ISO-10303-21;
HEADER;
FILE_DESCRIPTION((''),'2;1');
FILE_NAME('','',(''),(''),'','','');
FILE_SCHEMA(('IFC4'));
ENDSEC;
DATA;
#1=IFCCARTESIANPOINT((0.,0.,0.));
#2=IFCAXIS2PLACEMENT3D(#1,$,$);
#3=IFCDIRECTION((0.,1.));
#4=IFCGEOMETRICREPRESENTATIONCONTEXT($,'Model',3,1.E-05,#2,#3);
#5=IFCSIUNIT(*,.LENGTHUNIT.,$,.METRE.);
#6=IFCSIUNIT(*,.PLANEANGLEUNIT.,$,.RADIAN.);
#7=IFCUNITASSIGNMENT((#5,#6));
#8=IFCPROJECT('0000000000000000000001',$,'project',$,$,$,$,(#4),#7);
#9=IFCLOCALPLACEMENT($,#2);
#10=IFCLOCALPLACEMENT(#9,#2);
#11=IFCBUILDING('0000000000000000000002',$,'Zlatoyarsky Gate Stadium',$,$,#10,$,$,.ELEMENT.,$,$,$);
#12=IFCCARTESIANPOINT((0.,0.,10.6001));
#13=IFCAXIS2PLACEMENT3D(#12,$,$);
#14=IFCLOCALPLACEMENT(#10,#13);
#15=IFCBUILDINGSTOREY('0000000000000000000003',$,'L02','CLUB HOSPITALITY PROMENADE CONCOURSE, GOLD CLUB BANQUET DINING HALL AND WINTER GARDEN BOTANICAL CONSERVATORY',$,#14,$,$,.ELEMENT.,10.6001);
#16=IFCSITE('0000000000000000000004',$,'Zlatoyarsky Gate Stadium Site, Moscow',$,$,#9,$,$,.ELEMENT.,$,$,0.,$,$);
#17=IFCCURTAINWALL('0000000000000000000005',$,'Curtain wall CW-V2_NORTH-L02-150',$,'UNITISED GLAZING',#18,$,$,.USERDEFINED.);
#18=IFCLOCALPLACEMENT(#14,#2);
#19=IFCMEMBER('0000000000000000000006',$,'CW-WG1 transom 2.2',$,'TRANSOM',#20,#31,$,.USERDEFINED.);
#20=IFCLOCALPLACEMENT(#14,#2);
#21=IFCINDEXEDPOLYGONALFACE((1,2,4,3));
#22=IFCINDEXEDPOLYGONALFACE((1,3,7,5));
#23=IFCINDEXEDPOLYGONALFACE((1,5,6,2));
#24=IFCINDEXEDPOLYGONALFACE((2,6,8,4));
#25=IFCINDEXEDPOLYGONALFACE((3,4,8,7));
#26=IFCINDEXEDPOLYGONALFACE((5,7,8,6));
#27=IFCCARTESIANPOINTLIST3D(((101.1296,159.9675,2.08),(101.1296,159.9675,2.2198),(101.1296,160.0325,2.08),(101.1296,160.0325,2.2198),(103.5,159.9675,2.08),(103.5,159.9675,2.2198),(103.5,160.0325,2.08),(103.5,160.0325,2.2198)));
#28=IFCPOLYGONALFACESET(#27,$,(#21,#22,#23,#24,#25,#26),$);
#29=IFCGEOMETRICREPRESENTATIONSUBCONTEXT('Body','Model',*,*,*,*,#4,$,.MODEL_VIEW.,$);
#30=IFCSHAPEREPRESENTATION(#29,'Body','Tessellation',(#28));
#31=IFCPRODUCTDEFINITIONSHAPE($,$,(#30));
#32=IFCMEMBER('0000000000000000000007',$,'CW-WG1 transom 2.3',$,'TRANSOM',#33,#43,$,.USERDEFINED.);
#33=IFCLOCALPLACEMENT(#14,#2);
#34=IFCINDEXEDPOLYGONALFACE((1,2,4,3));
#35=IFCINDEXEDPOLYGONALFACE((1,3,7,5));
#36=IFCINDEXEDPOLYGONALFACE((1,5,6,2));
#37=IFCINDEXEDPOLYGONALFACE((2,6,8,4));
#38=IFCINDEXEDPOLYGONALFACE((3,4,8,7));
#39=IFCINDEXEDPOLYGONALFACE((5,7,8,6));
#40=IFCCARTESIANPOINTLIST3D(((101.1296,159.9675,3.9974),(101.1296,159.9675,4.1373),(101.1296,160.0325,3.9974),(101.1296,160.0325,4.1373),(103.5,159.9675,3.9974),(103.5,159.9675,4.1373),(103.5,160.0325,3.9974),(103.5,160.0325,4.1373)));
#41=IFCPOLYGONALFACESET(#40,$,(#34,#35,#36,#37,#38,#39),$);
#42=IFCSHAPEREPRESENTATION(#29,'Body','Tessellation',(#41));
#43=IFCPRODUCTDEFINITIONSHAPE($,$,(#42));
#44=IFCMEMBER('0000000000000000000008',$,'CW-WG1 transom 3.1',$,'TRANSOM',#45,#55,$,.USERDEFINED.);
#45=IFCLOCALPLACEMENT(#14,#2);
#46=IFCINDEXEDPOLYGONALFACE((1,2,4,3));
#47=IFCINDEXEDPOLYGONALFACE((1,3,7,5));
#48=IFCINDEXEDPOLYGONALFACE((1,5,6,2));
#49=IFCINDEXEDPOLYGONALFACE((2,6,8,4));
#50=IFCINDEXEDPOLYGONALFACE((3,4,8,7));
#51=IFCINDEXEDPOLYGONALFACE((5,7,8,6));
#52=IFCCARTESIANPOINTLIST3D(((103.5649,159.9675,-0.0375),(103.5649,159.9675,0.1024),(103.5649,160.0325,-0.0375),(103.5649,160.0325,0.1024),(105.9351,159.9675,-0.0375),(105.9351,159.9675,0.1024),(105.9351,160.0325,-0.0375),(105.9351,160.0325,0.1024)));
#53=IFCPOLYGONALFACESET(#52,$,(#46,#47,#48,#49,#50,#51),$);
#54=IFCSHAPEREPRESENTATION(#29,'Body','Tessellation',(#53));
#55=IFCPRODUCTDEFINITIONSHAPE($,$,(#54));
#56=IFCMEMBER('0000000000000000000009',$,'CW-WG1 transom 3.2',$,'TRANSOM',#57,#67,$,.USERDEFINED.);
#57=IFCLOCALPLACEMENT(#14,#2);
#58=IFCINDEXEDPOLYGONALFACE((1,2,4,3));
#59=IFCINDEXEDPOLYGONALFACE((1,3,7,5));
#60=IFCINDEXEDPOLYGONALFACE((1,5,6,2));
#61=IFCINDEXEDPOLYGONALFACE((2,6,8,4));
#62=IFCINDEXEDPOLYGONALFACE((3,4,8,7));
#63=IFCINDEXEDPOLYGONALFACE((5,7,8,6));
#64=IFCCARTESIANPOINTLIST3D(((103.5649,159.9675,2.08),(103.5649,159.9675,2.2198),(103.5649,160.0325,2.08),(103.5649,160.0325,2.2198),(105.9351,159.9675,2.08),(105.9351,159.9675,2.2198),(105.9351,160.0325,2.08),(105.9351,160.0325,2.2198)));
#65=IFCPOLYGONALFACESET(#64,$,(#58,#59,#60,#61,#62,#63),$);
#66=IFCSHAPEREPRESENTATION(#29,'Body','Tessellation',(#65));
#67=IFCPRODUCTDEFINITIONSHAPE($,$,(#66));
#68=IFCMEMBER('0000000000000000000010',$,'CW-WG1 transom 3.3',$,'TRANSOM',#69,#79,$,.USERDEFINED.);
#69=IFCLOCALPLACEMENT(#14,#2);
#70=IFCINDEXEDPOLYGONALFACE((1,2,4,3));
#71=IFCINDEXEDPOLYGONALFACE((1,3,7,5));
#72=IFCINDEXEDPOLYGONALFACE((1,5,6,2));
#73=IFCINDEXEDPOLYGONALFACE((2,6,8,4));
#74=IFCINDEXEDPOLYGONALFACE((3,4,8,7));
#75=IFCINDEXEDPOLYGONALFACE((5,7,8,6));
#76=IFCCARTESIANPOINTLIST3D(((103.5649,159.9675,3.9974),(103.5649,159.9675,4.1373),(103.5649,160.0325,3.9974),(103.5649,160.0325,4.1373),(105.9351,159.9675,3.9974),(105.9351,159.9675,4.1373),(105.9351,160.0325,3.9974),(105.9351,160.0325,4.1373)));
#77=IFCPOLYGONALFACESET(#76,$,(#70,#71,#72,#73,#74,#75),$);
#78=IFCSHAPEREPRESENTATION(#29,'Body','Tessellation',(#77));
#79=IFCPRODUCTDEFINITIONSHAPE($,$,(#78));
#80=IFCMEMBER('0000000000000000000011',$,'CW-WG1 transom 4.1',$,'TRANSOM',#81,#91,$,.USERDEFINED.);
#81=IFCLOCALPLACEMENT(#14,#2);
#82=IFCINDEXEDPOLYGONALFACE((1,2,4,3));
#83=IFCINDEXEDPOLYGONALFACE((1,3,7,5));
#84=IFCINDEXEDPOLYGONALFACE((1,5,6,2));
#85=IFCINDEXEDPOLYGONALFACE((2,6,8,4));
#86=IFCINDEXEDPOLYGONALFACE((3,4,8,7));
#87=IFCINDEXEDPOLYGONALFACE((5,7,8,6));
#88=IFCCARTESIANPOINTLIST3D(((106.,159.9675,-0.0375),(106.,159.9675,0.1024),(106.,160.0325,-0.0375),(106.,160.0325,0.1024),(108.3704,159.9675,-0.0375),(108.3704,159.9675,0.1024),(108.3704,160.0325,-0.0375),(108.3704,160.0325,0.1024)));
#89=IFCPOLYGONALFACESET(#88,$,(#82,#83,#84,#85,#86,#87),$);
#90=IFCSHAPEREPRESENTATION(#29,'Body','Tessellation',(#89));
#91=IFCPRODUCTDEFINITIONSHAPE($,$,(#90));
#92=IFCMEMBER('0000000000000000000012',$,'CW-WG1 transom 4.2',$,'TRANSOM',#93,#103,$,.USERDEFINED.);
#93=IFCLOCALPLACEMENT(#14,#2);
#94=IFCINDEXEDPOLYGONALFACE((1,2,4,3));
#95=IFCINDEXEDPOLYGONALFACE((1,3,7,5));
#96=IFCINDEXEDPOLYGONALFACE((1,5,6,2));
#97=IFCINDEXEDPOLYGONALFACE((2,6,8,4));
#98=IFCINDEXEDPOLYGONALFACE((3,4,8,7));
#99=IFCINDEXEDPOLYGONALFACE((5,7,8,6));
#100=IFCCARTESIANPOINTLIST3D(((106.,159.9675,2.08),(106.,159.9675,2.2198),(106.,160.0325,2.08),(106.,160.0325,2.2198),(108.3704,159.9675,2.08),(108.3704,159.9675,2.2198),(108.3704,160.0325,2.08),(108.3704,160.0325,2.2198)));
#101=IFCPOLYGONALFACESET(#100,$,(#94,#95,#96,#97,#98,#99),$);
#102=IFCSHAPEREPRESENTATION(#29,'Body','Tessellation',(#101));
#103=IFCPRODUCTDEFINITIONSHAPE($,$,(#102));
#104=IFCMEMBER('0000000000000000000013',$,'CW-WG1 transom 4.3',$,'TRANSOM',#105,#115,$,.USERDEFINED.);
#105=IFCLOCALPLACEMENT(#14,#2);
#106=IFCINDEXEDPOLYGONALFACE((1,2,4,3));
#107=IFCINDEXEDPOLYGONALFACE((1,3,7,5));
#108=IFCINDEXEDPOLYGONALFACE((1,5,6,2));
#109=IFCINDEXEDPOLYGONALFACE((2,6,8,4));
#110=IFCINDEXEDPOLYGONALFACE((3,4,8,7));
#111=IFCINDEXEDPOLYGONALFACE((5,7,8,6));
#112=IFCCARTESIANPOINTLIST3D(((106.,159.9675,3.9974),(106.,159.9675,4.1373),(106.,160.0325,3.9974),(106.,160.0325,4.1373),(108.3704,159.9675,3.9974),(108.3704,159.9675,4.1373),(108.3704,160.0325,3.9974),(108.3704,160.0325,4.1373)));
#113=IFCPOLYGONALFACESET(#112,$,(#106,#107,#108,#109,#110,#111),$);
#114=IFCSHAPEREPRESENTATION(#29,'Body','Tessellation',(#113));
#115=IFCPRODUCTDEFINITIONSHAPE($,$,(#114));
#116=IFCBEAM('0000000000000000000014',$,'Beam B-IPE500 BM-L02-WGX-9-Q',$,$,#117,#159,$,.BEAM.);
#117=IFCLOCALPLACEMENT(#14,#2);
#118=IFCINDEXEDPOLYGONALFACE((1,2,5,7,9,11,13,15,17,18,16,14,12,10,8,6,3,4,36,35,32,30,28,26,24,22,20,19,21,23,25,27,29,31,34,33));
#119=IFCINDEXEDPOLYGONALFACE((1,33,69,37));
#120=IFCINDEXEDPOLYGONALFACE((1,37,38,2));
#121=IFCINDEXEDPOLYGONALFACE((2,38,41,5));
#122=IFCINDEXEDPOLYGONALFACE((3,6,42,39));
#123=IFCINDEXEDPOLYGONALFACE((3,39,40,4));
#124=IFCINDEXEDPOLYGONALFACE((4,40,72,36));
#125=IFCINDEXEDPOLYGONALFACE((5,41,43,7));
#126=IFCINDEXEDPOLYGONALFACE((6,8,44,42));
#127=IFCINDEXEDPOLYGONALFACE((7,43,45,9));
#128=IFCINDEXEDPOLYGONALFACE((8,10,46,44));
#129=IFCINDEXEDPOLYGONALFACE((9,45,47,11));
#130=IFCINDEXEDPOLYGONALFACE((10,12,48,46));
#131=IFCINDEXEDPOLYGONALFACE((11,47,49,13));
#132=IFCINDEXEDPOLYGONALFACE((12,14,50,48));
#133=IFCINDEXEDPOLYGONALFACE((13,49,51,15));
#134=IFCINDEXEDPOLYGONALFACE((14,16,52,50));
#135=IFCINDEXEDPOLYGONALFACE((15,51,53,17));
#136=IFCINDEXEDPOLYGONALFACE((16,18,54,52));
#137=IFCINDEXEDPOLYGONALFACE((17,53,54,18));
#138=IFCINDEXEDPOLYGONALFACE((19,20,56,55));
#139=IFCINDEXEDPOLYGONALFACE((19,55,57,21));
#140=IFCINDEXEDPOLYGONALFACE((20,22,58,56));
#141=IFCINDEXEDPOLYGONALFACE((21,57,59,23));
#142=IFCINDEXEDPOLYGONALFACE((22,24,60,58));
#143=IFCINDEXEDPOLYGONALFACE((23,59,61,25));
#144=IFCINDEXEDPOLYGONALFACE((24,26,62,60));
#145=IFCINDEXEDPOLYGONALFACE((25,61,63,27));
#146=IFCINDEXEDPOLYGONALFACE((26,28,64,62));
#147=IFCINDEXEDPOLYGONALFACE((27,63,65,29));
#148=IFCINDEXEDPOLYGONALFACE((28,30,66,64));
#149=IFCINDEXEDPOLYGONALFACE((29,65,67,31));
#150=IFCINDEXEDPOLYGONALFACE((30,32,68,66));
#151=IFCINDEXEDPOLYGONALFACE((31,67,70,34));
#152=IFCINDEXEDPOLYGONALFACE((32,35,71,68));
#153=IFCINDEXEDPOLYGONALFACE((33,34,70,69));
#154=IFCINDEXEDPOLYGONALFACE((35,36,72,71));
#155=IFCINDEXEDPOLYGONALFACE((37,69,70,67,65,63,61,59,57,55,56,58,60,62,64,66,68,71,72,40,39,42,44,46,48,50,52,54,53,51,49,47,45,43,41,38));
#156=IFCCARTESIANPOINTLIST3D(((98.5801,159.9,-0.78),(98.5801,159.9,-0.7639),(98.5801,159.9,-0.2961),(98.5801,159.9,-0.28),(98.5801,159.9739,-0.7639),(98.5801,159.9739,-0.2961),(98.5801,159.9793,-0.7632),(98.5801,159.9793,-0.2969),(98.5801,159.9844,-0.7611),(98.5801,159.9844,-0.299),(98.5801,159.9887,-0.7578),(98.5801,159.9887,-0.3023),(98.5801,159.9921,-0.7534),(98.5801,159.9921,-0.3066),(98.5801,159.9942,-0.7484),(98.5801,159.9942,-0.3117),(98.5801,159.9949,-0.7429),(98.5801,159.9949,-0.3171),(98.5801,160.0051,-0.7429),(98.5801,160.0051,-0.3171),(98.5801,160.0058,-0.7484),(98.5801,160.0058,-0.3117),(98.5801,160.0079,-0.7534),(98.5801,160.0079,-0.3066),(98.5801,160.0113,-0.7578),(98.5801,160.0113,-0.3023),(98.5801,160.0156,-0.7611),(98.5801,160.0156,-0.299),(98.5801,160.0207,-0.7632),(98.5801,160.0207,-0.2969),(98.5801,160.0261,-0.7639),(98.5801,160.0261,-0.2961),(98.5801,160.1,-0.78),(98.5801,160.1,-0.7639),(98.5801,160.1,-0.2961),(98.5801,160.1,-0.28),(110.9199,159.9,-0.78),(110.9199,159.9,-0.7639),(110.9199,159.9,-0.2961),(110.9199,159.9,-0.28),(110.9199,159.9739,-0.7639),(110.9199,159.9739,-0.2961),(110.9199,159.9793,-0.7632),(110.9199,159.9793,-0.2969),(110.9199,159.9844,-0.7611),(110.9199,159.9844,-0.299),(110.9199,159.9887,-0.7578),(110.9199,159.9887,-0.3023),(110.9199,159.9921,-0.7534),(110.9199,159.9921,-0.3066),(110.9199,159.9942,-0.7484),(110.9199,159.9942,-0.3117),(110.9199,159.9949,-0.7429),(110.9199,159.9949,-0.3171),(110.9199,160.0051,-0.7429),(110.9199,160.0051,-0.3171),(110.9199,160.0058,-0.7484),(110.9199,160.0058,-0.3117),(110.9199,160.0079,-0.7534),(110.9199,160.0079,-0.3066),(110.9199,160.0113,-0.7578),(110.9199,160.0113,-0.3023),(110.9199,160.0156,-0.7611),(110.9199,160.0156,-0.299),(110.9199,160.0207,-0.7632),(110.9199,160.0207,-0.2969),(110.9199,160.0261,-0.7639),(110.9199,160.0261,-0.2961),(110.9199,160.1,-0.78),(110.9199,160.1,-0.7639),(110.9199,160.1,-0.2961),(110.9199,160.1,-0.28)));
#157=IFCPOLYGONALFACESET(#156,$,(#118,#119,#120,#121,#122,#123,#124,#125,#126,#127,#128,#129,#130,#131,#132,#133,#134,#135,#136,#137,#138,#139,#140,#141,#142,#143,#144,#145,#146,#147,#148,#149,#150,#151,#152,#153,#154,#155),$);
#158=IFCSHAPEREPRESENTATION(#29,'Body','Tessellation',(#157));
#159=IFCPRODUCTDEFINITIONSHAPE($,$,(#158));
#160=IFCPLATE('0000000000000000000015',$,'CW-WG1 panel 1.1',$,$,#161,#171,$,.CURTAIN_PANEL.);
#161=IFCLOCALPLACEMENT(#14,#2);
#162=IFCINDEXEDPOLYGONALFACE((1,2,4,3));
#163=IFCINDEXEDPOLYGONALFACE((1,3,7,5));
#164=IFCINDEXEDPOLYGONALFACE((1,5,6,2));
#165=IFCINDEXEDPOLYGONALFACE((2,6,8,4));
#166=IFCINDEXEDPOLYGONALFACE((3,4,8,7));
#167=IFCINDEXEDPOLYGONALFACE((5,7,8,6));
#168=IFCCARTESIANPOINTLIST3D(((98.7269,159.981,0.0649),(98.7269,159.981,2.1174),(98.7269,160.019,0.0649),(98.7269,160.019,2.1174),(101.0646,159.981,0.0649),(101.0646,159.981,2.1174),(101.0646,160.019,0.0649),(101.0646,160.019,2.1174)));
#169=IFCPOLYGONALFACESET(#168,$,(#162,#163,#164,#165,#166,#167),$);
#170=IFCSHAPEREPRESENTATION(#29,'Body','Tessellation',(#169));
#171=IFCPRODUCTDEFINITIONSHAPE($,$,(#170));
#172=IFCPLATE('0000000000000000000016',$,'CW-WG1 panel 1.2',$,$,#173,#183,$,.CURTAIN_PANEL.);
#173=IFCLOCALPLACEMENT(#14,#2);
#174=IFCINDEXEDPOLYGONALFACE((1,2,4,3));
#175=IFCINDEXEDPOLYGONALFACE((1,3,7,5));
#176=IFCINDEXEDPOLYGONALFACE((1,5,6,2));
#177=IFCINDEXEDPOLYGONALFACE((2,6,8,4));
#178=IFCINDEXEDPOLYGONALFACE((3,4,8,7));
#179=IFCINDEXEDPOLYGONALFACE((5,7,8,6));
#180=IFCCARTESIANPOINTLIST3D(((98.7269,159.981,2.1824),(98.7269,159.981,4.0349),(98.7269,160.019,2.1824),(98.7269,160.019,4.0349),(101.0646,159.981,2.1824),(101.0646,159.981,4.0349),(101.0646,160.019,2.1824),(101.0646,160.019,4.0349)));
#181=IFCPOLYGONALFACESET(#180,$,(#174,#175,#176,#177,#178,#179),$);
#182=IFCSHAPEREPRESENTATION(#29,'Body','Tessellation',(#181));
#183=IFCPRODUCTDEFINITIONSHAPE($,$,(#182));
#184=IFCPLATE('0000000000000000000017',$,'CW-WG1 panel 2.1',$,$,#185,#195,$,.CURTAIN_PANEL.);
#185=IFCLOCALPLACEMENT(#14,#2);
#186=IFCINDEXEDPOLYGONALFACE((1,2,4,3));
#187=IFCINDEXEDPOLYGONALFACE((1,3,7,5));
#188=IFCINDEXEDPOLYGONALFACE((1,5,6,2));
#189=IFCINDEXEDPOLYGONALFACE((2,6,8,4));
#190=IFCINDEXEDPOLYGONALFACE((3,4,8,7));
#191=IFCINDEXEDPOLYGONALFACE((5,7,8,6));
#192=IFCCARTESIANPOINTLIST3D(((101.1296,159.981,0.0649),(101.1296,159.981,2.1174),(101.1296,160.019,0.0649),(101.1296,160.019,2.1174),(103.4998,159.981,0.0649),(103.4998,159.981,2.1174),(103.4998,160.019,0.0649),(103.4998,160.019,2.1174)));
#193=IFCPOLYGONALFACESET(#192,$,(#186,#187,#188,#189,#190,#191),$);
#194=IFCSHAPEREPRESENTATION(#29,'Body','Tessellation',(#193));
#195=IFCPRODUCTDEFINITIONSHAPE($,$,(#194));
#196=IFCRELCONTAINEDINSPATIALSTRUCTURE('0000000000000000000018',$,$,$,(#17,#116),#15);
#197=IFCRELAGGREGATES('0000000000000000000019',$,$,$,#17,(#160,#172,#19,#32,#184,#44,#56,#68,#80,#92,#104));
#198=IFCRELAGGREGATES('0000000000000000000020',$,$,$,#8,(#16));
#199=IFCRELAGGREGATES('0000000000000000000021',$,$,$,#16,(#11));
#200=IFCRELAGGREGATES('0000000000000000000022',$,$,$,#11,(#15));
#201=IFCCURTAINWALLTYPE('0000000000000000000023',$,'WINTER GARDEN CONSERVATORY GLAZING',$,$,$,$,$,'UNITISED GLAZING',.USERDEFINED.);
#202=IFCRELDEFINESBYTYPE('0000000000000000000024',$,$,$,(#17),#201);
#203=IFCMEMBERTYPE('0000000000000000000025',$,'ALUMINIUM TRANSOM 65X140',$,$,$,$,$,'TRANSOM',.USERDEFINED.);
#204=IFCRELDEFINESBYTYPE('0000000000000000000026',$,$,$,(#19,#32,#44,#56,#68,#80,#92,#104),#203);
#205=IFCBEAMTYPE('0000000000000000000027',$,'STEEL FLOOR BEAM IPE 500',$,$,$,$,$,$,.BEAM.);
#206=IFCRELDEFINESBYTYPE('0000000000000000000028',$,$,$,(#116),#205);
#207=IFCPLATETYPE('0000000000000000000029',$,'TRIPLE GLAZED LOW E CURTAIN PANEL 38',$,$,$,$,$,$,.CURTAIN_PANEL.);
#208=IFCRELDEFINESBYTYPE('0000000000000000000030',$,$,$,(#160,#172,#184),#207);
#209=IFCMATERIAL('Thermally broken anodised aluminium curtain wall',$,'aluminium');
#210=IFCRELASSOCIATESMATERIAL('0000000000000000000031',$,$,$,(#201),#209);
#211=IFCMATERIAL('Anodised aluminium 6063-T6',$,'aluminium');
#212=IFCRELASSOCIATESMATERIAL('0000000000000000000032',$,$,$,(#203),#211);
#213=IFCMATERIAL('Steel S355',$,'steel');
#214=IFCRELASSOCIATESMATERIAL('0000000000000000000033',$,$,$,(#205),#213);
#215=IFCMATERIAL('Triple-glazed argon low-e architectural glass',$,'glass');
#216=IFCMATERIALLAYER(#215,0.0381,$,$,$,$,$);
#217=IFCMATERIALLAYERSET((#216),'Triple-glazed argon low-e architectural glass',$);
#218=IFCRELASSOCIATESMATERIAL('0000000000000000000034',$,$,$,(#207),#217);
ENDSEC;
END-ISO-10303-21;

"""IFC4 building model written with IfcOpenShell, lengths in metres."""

from ifc_helpers import new_model, si_unit, direction, frame, origin, origin_2d, place, context, subcontext, project, spatial, rectangle, i_section, extrude, material, layer, layer_set, material_profile, profile_set, type_object, element, aggregate, save


model = new_model("IFC4")

# Units and contexts
model_context = context("Model", 3, precision=1e-05, world=origin(), true_north=direction((0.0, 1.0)))
body_context = subcontext(model_context, "Body", "Model", "MODEL_VIEW")
ifc_project = project(units=[si_unit("LENGTHUNIT", "METRE"), si_unit("PLANEANGLEUNIT", "RADIAN")], contexts=[model_context])

# Site, building, storey
site_placement = place(None, origin())
site = spatial("IfcSite", under=ifc_project, at=site_placement, Name="Zlatoyarsky Gate Stadium Site, Moscow", CompositionType="ELEMENT", RefElevation=0.0)
building_placement = place(site_placement, origin())
building = spatial("IfcBuilding", under=site, at=building_placement, Name="Zlatoyarsky Gate Stadium", CompositionType="ELEMENT")
storey_placement = place(building_placement, frame((0.0, 0.0, 10.6001)))
storey = spatial("IfcBuildingStorey", under=building, at=storey_placement, Name="L02", Description="CLUB HOSPITALITY PROMENADE CONCOURSE, GOLD CLUB BANQUET DINING HALL AND WINTER GARDEN BOTANICAL CONSERVATORY", CompositionType="ELEMENT", Elevation=10.6001)

# Shared definitions
ifc_material_1 = material(Name="Steel S355", Category="steel")

# Curtain wall, members
ifc_material_2 = material(Name="Thermally broken anodised aluminium curtain wall", Category="aluminium")
ifc_material_3 = material(Name="Anodised aluminium 6063-T6", Category="aluminium")
curtain_wall_type_1 = type_object("IfcCurtainWallType", Name="WINTER GARDEN CONSERVATORY GLAZING", ElementType="UNITISED GLAZING", PredefinedType="USERDEFINED", material=ifc_material_2)
curtain_wall_1_placement = place(storey_placement, origin())
curtain_wall_1 = element("IfcCurtainWall", 1, at=curtain_wall_1_placement, inside=storey, type_object=curtain_wall_type_1, Name="Curtain wall CW-V2_NORTH-L02-150", ObjectType="UNITISED GLAZING", PredefinedType="USERDEFINED")
ifc_material_profile_1 = material_profile(ifc_material_3, rectangle(XDim=0.0649, YDim=0.1399, at=origin_2d()), Name="ALU 65X140")
ifc_profile_set_1 = profile_set([ifc_material_profile_1], Name="Anodised aluminium 6063-T6")
member_type_1 = type_object("IfcMemberType", Name="ALUMINIUM TRANSOM 65X140", ElementType="TRANSOM", PredefinedType="USERDEFINED", material=ifc_profile_set_1)
member_1_placement = place(storey_placement, frame((101.1296, 160.0, 2.1499), z_axis=(1.0, 0.0, 0.0), x_axis=(0.0, 1.0, 0.0)))
member_1 = element("IfcMember", 2, at=member_1_placement, type_object=member_type_1, Name="CW-WG1 transom 2.2", ObjectType="TRANSOM", PredefinedType="USERDEFINED", context=body_context, shape_type="SweptSolid", body=[
    extrude(rectangle(XDim=0.0649, YDim=0.1399, at=origin_2d()), origin(), (0.0, 0.0, 1.0), 2.3704),
])
member_2_placement = place(storey_placement, frame((101.1296, 160.0, 4.0674), z_axis=(1.0, 0.0, 0.0), x_axis=(0.0, 1.0, 0.0)))
member_2 = element("IfcMember", 3, at=member_2_placement, type_object=member_type_1, Name="CW-WG1 transom 2.3", ObjectType="TRANSOM", PredefinedType="USERDEFINED", context=body_context, shape_type="SweptSolid", body=[
    extrude(rectangle(XDim=0.0649, YDim=0.1399, at=origin_2d()), origin(), (0.0, 0.0, 1.0), 2.3704),
])
member_3_placement = place(storey_placement, frame((103.5649, 160.0, 0.0325), z_axis=(1.0, 0.0, 0.0), x_axis=(0.0, 1.0, 0.0)))
member_3 = element("IfcMember", 4, at=member_3_placement, type_object=member_type_1, Name="CW-WG1 transom 3.1", ObjectType="TRANSOM", PredefinedType="USERDEFINED", context=body_context, shape_type="SweptSolid", body=[
    extrude(rectangle(XDim=0.0649, YDim=0.1399, at=origin_2d()), origin(), (0.0, 0.0, 1.0), 2.3701),
])
member_4_placement = place(storey_placement, frame((103.5649, 160.0, 2.1499), z_axis=(1.0, 0.0, 0.0), x_axis=(0.0, 1.0, 0.0)))
member_4 = element("IfcMember", 5, at=member_4_placement, type_object=member_type_1, Name="CW-WG1 transom 3.2", ObjectType="TRANSOM", PredefinedType="USERDEFINED", context=body_context, shape_type="SweptSolid", body=[
    extrude(rectangle(XDim=0.0649, YDim=0.1399, at=origin_2d()), origin(), (0.0, 0.0, 1.0), 2.3701),
])
member_5_placement = place(storey_placement, frame((103.5649, 160.0, 4.0674), z_axis=(1.0, 0.0, 0.0), x_axis=(0.0, 1.0, 0.0)))
member_5 = element("IfcMember", 6, at=member_5_placement, type_object=member_type_1, Name="CW-WG1 transom 3.3", ObjectType="TRANSOM", PredefinedType="USERDEFINED", context=body_context, shape_type="SweptSolid", body=[
    extrude(rectangle(XDim=0.0649, YDim=0.1399, at=origin_2d()), origin(), (0.0, 0.0, 1.0), 2.3701),
])
member_6_placement = place(storey_placement, frame((106.0, 160.0, 0.0325), z_axis=(1.0, 0.0, 0.0), x_axis=(0.0, 1.0, 0.0)))
member_6 = element("IfcMember", 7, at=member_6_placement, type_object=member_type_1, Name="CW-WG1 transom 4.1", ObjectType="TRANSOM", PredefinedType="USERDEFINED", context=body_context, shape_type="SweptSolid", body=[
    extrude(rectangle(XDim=0.0649, YDim=0.1399, at=origin_2d()), origin(), (0.0, 0.0, 1.0), 2.3704),
])
member_7_placement = place(storey_placement, frame((106.0, 160.0, 2.1499), z_axis=(1.0, 0.0, 0.0), x_axis=(0.0, 1.0, 0.0)))
member_7 = element("IfcMember", 8, at=member_7_placement, type_object=member_type_1, Name="CW-WG1 transom 4.2", ObjectType="TRANSOM", PredefinedType="USERDEFINED", context=body_context, shape_type="SweptSolid", body=[
    extrude(rectangle(XDim=0.0649, YDim=0.1399, at=origin_2d()), origin(), (0.0, 0.0, 1.0), 2.3704),
])
member_8_placement = place(storey_placement, frame((106.0, 160.0, 4.0674), z_axis=(1.0, 0.0, 0.0), x_axis=(0.0, 1.0, 0.0)))
member_8 = element("IfcMember", 9, at=member_8_placement, type_object=member_type_1, Name="CW-WG1 transom 4.3", ObjectType="TRANSOM", PredefinedType="USERDEFINED", context=body_context, shape_type="SweptSolid", body=[
    extrude(rectangle(XDim=0.0649, YDim=0.1399, at=origin_2d()), origin(), (0.0, 0.0, 1.0), 2.3704),
])

# Beam
ifc_material_profile_2 = material_profile(ifc_material_1, i_section(OverallWidth=0.2, OverallDepth=0.5, WebThickness=0.0103, FlangeThickness=0.0161, FilletRadius=0.021, at=origin_2d()), Name="IPE 500")
ifc_profile_set_2 = profile_set([ifc_material_profile_2], Name="Steel S355")
beam_type = type_object("IfcBeamType", Name="STEEL FLOOR BEAM IPE 500", PredefinedType="BEAM", material=ifc_profile_set_2)
beam_placement = place(storey_placement, frame((98.5801, 160.0, -0.53), z_axis=(1.0, 0.0, 0.0), x_axis=(0.0, 1.0, 0.0)))
element("IfcBeam", 10, at=beam_placement, inside=storey, type_object=beam_type, Name="Beam B-IPE500 BM-L02-WGX-9-Q", PredefinedType="BEAM", context=body_context, shape_type="SweptSolid", body=[
    extrude(i_section(OverallWidth=0.2, OverallDepth=0.5, WebThickness=0.0103, FlangeThickness=0.0161, FilletRadius=0.021, at=origin_2d()), origin(), (0.0, 0.0, 1.0), 12.3398),
])

# Plates
ifc_material_4 = material(Name="Triple-glazed argon low-e architectural glass", Category="glass")
ifc_layer = layer(ifc_material_4, 0.0381)
ifc_layer_set = layer_set([ifc_layer], Name="Triple-glazed argon low-e architectural glass")
plate_type = type_object("IfcPlateType", Name="TRIPLE GLAZED LOW E CURTAIN PANEL 38", PredefinedType="CURTAIN_PANEL", material=ifc_layer_set)
plate_1_placement = place(storey_placement, frame((99.8958, 160.0, 0.0649), z_axis=(0.0, 0.0, 1.0), x_axis=(1.0, 0.0, 0.0)))
plate_1 = element("IfcPlate", 11, at=plate_1_placement, type_object=plate_type, Name="CW-WG1 panel 1.1", PredefinedType="CURTAIN_PANEL", context=body_context, shape_type="SweptSolid", body=[
    extrude(rectangle(XDim=2.3376, YDim=0.0381, at=origin_2d()), origin(), (0.0, 0.0, 1.0), 2.0525),
])
plate_2_placement = place(storey_placement, frame((99.8958, 160.0, 2.1824), z_axis=(0.0, 0.0, 1.0), x_axis=(1.0, 0.0, 0.0)))
plate_2 = element("IfcPlate", 12, at=plate_2_placement, type_object=plate_type, Name="CW-WG1 panel 1.2", PredefinedType="CURTAIN_PANEL", context=body_context, shape_type="SweptSolid", body=[
    extrude(rectangle(XDim=2.3376, YDim=0.0381, at=origin_2d()), origin(), (0.0, 0.0, 1.0), 1.8525),
])
plate_3_placement = place(storey_placement, frame((102.3147, 160.0, 0.0649), z_axis=(0.0, 0.0, 1.0), x_axis=(1.0, 0.0, 0.0)))
plate_3 = element("IfcPlate", 13, at=plate_3_placement, type_object=plate_type, Name="CW-WG1 panel 2.1", PredefinedType="CURTAIN_PANEL", context=body_context, shape_type="SweptSolid", body=[
    extrude(rectangle(XDim=2.3701, YDim=0.0381, at=origin_2d()), origin(), (0.0, 0.0, 1.0), 2.0525),
])
aggregate(curtain_wall_1, [plate_1, plate_2, member_1, member_2, plate_3, member_3, member_4, member_5, member_6, member_7, member_8])

save(model, "model.ifc")
